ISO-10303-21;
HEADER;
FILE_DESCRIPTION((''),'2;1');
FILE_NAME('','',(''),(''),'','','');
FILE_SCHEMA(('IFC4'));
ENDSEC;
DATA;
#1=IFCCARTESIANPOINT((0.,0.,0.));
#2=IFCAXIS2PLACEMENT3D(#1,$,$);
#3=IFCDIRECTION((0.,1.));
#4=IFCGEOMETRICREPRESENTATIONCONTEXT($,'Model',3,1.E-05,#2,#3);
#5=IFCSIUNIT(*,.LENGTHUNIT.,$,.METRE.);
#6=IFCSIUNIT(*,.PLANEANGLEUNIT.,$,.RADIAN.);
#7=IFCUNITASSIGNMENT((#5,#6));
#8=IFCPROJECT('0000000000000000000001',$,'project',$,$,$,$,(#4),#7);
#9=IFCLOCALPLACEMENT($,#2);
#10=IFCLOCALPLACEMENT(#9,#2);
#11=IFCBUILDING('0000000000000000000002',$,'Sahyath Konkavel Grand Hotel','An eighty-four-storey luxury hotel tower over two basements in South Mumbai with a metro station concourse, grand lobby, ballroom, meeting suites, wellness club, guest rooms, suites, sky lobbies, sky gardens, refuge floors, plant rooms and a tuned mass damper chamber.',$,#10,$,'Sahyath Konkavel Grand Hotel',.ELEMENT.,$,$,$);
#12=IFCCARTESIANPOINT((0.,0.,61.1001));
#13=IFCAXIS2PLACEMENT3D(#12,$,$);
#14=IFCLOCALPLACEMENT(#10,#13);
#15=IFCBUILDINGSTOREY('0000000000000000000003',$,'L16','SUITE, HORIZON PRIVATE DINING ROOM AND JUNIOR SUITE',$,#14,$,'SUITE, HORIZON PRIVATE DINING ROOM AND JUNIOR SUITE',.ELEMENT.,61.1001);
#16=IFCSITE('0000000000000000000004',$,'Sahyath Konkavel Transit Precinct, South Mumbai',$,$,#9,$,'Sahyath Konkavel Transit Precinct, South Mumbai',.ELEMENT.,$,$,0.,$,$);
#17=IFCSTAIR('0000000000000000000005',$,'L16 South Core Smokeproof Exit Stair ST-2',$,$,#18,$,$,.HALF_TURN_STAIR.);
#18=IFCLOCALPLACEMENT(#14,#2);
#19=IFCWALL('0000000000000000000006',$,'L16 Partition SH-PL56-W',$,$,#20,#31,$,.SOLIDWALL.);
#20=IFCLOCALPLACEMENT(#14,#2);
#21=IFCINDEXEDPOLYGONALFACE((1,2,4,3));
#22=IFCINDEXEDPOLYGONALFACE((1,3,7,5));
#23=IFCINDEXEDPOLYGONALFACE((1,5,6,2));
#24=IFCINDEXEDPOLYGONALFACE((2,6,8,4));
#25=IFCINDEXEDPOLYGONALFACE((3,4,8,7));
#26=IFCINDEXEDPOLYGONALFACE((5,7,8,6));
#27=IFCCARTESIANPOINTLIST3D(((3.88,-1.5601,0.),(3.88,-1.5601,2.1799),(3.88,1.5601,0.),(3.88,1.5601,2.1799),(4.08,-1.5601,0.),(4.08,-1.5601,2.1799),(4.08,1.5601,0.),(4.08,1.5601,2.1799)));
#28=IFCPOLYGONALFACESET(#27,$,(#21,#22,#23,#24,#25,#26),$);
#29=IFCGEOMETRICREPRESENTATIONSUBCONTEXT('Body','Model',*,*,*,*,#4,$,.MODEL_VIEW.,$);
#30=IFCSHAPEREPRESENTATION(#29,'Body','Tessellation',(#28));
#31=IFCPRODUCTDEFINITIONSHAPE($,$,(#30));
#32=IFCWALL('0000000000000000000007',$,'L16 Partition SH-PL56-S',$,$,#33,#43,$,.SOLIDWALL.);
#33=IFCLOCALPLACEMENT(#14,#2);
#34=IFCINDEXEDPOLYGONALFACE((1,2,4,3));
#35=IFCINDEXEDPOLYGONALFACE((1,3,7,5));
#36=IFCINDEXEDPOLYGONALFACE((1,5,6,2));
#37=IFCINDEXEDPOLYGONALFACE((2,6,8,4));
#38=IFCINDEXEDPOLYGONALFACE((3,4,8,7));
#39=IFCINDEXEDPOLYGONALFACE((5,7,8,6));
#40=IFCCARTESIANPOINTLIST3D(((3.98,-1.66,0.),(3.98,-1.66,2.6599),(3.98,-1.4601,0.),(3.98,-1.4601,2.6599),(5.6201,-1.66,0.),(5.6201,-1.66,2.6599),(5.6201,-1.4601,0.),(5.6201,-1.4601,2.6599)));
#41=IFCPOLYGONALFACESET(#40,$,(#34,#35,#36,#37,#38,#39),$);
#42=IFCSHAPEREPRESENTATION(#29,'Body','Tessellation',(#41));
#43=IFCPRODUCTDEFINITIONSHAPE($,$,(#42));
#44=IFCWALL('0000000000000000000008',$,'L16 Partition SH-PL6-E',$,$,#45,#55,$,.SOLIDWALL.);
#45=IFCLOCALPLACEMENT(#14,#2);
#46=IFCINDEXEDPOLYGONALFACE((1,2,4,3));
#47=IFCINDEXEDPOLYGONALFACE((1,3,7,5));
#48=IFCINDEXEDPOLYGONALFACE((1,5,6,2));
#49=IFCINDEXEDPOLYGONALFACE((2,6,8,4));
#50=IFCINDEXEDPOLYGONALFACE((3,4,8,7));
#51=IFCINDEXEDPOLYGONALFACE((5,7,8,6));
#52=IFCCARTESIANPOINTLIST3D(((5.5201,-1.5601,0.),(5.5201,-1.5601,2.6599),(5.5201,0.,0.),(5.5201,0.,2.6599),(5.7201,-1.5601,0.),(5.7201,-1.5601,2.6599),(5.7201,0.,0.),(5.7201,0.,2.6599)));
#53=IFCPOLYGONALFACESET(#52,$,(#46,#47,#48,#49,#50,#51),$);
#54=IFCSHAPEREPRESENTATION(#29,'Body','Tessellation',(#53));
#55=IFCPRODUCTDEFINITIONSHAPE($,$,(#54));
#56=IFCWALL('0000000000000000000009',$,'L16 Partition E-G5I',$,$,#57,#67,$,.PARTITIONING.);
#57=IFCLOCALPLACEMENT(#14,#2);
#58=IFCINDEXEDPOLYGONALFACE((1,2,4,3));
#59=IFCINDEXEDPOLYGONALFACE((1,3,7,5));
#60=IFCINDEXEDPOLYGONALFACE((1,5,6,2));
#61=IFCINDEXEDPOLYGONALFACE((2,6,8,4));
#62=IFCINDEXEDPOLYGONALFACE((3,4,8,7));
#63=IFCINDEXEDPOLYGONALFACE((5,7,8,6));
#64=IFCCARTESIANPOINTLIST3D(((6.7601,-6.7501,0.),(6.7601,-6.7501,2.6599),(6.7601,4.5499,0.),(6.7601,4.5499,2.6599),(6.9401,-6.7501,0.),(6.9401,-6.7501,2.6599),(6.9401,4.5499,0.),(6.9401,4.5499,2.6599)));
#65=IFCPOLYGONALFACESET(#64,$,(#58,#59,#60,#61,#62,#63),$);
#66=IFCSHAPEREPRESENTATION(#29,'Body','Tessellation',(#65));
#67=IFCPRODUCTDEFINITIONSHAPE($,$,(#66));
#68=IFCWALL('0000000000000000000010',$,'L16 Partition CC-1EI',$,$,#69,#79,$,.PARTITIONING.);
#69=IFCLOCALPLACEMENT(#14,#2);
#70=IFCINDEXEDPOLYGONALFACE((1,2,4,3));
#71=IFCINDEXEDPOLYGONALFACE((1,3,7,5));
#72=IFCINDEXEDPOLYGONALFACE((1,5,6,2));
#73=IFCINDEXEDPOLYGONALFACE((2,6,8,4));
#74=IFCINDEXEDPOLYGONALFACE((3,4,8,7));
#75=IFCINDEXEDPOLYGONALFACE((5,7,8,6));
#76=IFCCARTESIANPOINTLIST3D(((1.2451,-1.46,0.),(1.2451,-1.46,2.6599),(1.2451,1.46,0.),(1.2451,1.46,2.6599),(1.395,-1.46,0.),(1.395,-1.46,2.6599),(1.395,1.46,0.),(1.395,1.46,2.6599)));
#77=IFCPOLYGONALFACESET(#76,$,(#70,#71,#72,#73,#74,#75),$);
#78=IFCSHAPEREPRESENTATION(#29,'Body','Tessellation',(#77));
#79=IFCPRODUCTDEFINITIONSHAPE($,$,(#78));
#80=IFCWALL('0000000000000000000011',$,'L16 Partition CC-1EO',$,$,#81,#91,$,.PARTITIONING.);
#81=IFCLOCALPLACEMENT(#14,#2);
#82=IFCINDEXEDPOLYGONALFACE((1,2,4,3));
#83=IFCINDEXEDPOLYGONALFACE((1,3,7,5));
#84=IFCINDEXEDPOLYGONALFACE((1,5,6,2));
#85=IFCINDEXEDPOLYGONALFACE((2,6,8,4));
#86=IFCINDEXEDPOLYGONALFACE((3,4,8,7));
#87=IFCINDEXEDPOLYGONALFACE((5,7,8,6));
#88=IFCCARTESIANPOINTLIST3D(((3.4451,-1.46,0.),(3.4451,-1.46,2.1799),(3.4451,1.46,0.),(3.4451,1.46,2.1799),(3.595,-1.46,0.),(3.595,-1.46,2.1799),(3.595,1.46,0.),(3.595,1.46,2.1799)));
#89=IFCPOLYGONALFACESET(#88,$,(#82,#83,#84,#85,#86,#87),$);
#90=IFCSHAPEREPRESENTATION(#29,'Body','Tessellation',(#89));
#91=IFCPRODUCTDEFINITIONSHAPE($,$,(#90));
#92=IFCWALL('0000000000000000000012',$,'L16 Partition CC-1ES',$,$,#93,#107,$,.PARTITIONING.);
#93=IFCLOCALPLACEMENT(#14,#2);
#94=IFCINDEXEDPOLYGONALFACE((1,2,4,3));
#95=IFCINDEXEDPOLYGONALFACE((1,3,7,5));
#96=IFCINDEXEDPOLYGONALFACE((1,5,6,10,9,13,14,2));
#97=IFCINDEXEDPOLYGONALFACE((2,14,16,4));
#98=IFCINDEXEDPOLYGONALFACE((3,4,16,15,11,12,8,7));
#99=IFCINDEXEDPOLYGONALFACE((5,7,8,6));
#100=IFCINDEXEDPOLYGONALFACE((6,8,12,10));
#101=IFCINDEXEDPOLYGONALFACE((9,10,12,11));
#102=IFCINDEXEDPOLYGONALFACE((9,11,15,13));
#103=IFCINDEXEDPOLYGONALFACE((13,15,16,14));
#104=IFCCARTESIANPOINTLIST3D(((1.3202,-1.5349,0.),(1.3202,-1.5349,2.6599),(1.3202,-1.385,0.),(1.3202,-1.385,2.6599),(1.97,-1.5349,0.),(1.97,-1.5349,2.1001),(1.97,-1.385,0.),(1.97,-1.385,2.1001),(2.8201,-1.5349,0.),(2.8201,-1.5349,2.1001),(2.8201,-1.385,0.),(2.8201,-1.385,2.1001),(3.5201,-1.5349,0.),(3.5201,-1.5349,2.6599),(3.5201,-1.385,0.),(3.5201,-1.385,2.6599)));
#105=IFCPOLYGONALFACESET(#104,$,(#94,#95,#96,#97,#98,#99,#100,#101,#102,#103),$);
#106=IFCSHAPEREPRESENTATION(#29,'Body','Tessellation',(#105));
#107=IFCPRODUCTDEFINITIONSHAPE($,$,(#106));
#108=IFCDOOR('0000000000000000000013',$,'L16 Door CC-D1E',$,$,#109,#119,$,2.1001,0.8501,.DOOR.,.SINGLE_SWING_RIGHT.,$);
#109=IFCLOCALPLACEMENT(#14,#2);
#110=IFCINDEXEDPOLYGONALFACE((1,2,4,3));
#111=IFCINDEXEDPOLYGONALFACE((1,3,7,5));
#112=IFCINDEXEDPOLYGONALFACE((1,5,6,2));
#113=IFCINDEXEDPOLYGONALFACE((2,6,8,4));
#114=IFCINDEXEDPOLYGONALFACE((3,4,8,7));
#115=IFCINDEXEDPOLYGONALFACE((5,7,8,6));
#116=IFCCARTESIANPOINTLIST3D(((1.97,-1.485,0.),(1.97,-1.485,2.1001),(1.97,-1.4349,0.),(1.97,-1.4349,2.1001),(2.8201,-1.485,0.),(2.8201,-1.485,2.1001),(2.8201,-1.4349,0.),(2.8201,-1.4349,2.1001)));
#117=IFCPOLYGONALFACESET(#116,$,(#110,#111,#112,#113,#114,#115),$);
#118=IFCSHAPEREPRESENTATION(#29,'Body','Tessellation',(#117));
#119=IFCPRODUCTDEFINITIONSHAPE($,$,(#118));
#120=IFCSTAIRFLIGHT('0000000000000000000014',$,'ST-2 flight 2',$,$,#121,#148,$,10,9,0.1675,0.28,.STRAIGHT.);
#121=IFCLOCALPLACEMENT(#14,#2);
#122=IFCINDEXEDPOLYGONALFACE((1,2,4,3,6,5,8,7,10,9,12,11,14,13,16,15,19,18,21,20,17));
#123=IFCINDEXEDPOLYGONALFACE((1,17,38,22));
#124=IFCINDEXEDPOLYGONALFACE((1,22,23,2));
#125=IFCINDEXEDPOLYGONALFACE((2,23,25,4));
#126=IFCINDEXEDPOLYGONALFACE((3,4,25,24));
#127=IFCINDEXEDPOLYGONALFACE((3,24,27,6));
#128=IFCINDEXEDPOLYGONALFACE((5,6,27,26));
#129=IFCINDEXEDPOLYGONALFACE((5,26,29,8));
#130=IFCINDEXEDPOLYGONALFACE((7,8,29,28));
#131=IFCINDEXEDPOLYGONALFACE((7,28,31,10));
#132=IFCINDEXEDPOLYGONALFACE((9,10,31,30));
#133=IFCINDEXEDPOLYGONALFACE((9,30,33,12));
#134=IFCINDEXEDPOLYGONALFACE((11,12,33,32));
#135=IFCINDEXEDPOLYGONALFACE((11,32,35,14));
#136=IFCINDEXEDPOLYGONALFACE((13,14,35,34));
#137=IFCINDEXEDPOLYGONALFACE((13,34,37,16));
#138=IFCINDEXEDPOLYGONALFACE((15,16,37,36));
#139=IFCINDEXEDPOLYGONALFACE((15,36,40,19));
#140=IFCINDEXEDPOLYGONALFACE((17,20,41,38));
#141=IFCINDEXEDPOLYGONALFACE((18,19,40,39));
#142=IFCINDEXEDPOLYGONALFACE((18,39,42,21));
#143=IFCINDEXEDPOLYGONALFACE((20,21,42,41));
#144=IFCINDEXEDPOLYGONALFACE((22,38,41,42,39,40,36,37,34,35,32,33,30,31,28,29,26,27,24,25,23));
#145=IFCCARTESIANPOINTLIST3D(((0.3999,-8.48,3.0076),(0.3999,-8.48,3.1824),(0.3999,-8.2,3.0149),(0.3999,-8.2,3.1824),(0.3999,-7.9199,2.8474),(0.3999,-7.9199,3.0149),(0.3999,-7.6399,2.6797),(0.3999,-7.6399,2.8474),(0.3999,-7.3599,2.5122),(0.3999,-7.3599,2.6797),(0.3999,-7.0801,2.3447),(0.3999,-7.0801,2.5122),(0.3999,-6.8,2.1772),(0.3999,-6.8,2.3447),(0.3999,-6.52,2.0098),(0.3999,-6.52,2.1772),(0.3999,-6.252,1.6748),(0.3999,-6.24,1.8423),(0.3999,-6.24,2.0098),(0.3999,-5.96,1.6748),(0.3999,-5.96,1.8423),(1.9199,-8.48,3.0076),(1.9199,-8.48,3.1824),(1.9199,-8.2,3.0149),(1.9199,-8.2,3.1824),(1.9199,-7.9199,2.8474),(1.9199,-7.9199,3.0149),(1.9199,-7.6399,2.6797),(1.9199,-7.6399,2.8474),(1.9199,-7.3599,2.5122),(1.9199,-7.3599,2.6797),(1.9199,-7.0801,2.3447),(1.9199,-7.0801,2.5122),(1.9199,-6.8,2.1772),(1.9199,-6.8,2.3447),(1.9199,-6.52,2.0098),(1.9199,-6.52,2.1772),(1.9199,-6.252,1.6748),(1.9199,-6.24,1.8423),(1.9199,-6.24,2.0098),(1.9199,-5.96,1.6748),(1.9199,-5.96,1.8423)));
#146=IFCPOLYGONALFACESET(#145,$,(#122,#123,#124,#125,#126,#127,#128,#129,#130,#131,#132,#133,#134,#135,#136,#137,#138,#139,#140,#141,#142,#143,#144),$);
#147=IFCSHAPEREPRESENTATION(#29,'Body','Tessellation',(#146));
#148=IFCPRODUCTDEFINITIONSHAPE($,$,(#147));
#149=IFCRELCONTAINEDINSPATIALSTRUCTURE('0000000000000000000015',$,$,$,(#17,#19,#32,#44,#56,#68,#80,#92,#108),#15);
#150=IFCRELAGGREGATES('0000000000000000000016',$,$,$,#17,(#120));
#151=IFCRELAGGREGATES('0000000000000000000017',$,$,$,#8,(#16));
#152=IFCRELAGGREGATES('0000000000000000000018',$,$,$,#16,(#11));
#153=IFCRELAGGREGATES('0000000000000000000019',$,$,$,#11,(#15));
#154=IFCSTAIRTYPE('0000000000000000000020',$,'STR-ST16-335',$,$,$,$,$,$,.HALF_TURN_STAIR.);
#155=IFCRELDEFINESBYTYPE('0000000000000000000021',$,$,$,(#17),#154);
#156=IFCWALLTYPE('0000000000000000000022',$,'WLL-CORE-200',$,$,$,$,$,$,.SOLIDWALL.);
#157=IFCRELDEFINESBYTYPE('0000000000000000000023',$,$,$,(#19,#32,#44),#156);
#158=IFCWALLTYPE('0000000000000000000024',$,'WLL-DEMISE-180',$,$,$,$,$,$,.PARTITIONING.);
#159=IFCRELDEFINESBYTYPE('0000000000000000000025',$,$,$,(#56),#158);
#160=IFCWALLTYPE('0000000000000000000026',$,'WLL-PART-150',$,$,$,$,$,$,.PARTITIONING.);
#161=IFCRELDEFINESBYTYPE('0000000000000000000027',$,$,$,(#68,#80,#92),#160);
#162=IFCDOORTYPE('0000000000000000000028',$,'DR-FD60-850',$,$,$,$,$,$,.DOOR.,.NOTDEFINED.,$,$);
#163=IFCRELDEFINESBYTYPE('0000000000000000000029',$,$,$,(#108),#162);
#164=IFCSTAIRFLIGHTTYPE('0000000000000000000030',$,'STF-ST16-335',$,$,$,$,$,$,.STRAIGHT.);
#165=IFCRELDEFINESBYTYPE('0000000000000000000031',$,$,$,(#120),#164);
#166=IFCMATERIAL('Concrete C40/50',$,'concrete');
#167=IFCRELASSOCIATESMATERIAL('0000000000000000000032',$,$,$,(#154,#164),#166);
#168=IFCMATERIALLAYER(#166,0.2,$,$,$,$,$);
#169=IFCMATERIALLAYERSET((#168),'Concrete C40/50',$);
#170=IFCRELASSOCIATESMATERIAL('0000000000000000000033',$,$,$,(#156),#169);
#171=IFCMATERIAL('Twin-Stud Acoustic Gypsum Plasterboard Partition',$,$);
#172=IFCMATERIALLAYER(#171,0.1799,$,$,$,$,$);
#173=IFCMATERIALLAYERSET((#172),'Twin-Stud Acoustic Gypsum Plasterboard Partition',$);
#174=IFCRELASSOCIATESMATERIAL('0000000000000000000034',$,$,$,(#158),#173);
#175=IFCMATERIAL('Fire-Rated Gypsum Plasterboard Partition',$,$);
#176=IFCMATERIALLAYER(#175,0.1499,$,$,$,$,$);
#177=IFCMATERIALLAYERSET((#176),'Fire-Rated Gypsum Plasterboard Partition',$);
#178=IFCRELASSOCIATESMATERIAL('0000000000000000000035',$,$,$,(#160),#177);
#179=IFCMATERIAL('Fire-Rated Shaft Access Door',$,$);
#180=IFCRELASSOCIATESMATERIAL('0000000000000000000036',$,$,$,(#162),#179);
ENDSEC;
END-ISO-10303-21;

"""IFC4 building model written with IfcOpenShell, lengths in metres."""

from ifc_helpers import new_model, si_unit, direction, frame, frame_2d, origin, origin_2d, place, context, subcontext, project, spatial, polyline, rectangle, outline, extrude, source, transform, mapped, material, layer, layer_set, type_object, element, fill, aggregate, save


model = new_model("IFC4")

# Units and contexts
model_context = context("Model", 3, precision=1e-05, world=origin(), true_north=direction((0.0, 1.0)))
body_context = subcontext(model_context, "Body", "Model", "MODEL_VIEW")
ifc_project = project(units=[si_unit("LENGTHUNIT", "METRE"), si_unit("PLANEANGLEUNIT", "RADIAN")], contexts=[model_context])

# Site, building, storey
site_placement = place(None, origin())
site = spatial("IfcSite", under=ifc_project, at=site_placement, Name="Sahyath Konkavel Transit Precinct, South Mumbai", LongName="Sahyath Konkavel Transit Precinct, South Mumbai", CompositionType="ELEMENT", RefElevation=0.0)
building_placement = place(site_placement, origin())
building = spatial("IfcBuilding", under=site, at=building_placement, Name="Sahyath Konkavel Grand Hotel", Description="An eighty-four-storey luxury hotel tower over two basements in South Mumbai with a metro station concourse, grand lobby, ballroom, meeting suites, wellness club, guest rooms, suites, sky lobbies, sky gardens, refuge floors, plant rooms and a tuned mass damper chamber.", LongName="Sahyath Konkavel Grand Hotel", CompositionType="ELEMENT")
storey_placement = place(building_placement, frame((0.0, 0.0, 61.1001)))
storey = spatial("IfcBuildingStorey", under=building, at=storey_placement, Name="L16", Description="SUITE, HORIZON PRIVATE DINING ROOM AND JUNIOR SUITE", LongName="SUITE, HORIZON PRIVATE DINING ROOM AND JUNIOR SUITE", CompositionType="ELEMENT", Elevation=61.1001)

# Shared definitions
ifc_material_1 = material(Name="Concrete C40/50", Category="concrete")

# Stair
stair_type = type_object("IfcStairType", Name="STR-ST16-335", PredefinedType="HALF_TURN_STAIR", material=ifc_material_1)
stair_placement = place(storey_placement, origin())
stair = element("IfcStair", 1, at=stair_placement, inside=storey, type_object=stair_type, Name="L16 South Core Smokeproof Exit Stair ST-2", PredefinedType="HALF_TURN_STAIR")

# Walls
ifc_layer_1 = layer(ifc_material_1, 0.2)
ifc_layer_set_1 = layer_set([ifc_layer_1], Name="Concrete C40/50")
wall_type_1 = type_object("IfcWallType", Name="WLL-CORE-200", PredefinedType="SOLIDWALL", material=ifc_layer_set_1)
wall_1_placement = place(storey_placement, frame((3.98, -1.5601, 0.0), z_axis=(0.0, 0.0, 1.0), x_axis=(0.0, 1.0, 0.0)))
element("IfcWall", 2, at=wall_1_placement, inside=storey, type_object=wall_type_1, Name="L16 Partition SH-PL56-W", PredefinedType="SOLIDWALL", context=body_context, shape_type="SweptSolid", body=[
    extrude(rectangle(XDim=3.1201, YDim=0.2, at=frame_2d((1.5601, 0.0))), origin(), (0.0, 0.0, 1.0), 2.1799),
])
wall_2_placement = place(storey_placement, frame((3.98, -1.5601, 0.0), z_axis=(0.0, 0.0, 1.0), x_axis=(1.0, 0.0, 0.0)))
element("IfcWall", 3, at=wall_2_placement, inside=storey, type_object=wall_type_1, Name="L16 Partition SH-PL56-S", PredefinedType="SOLIDWALL", context=body_context, shape_type="SweptSolid", body=[
    extrude(rectangle(XDim=1.6401, YDim=0.2, at=frame_2d((0.8201, 0.0))), origin(), (0.0, 0.0, 1.0), 2.6599),
])
wall_3_placement = place(storey_placement, frame((5.6201, -1.5601, 0.0), z_axis=(0.0, 0.0, 1.0), x_axis=(0.0, 1.0, 0.0)))
element("IfcWall", 4, at=wall_3_placement, inside=storey, type_object=wall_type_1, Name="L16 Partition SH-PL6-E", PredefinedType="SOLIDWALL", context=body_context, shape_type="SweptSolid", body=[
    extrude(rectangle(XDim=1.5601, YDim=0.2, at=frame_2d((0.78, 0.0))), origin(), (0.0, 0.0, 1.0), 2.6599),
])
ifc_material_2 = material(Name="Twin-Stud Acoustic Gypsum Plasterboard Partition")
ifc_layer_2 = layer(ifc_material_2, 0.1799)
ifc_layer_set_2 = layer_set([ifc_layer_2], Name="Twin-Stud Acoustic Gypsum Plasterboard Partition")
wall_type_2 = type_object("IfcWallType", Name="WLL-DEMISE-180", PredefinedType="PARTITIONING", material=ifc_layer_set_2)
wall_4_placement = place(storey_placement, frame((6.8501, -6.75, 0.0), z_axis=(0.0, 0.0, 1.0), x_axis=(0.0, 1.0, 0.0)))
element("IfcWall", 5, at=wall_4_placement, inside=storey, type_object=wall_type_2, Name="L16 Partition E-G5I", PredefinedType="PARTITIONING", context=body_context, shape_type="SweptSolid", body=[
    extrude(rectangle(XDim=11.3, YDim=0.1799, at=frame_2d((5.6499, 0.0))), origin(), (0.0, 0.0, 1.0), 2.6599),
])
ifc_material_3 = material(Name="Fire-Rated Gypsum Plasterboard Partition")
ifc_layer_3 = layer(ifc_material_3, 0.1499)
ifc_layer_set_3 = layer_set([ifc_layer_3], Name="Fire-Rated Gypsum Plasterboard Partition")
wall_type_3 = type_object("IfcWallType", Name="WLL-PART-150", PredefinedType="PARTITIONING", material=ifc_layer_set_3)
wall_5_placement = place(storey_placement, frame((1.3201, -1.46, 0.0), z_axis=(0.0, 0.0, 1.0), x_axis=(0.0, 1.0, 0.0)))
element("IfcWall", 6, at=wall_5_placement, inside=storey, type_object=wall_type_3, Name="L16 Partition CC-1EI", PredefinedType="PARTITIONING", context=body_context, shape_type="SweptSolid", body=[
    extrude(rectangle(XDim=2.9199, YDim=0.1499, at=frame_2d((1.46, 0.0))), origin(), (0.0, 0.0, 1.0), 2.6599),
])
wall_6_placement = place(storey_placement, frame((3.52, -1.46, 0.0), z_axis=(0.0, 0.0, 1.0), x_axis=(0.0, 1.0, 0.0)))
element("IfcWall", 7, at=wall_6_placement, inside=storey, type_object=wall_type_3, Name="L16 Partition CC-1EO", PredefinedType="PARTITIONING", context=body_context, shape_type="SweptSolid", body=[
    extrude(rectangle(XDim=2.9199, YDim=0.1499, at=frame_2d((1.46, 0.0))), origin(), (0.0, 0.0, 1.0), 2.1799),
])

# Wall, opening, door
wall_7_placement = place(storey_placement, frame((1.3201, -1.46, 0.0), z_axis=(0.0, 0.0, 1.0), x_axis=(1.0, 0.0, 0.0)))
wall_7 = element("IfcWall", 8, at=wall_7_placement, inside=storey, type_object=wall_type_3, Name="L16 Partition CC-1ES", PredefinedType="PARTITIONING", context=body_context, shape_type="SweptSolid", body=[
    extrude(rectangle(XDim=2.2, YDim=0.1499, at=frame_2d((1.1001, 0.0))), origin(), (0.0, 0.0, 1.0), 2.6599),
])
opening_placement = place(wall_7_placement, frame((0.6499, 0.0, 0.0)))
opening = element("IfcOpeningElement", 9, at=opening_placement, cuts=wall_7, PredefinedType="OPENING", context=body_context, shape_type="SweptSolid", body=[
    extrude(rectangle(XDim=0.8501, YDim=2.1001, at=frame_2d((0.425, 1.05))), frame((0.0, 0.085, 0.0), z_axis=(0.0, -1.0, 0.0), x_axis=(1.0, 0.0, 0.0)), (0.0, 0.0, 1.0), 0.1699),
])
ifc_material_4 = material(Name="Fire-Rated Shaft Access Door")
door_type = type_object("IfcDoorType", Name="DR-FD60-850", OperationType="NOTDEFINED", PredefinedType="DOOR", material=ifc_material_4)
shared_shape_1 = source(origin(), body_context, "Body", "SweptSolid", [
    extrude(rectangle(XDim=0.8501, YDim=0.05, at=origin_2d()), origin(), (0.0, 0.0, 1.0), 2.1001),
])
door_placement = place(opening_placement, frame((0.425, 0.0, 0.0)))
door = element("IfcDoor", 10, at=door_placement, inside=storey, type_object=door_type, Name="L16 Door CC-D1E", OperationType="SINGLE_SWING_RIGHT", OverallHeight=2.1001, OverallWidth=0.8501, PredefinedType="DOOR", context=body_context, shape_type="MappedRepresentation", body=[
    mapped(shared_shape_1, transform((0.0, 0.0, 0.0), scale=1.0)),
])
fill(opening, door)

# Stair flight
stair_flight_type = type_object("IfcStairFlightType", Name="STF-ST16-335", PredefinedType="STRAIGHT", material=ifc_material_1)
stair_flight_placement = place(storey_placement, frame((1.1599, -5.96, 1.6748), z_axis=(0.0, 0.0, 1.0), x_axis=(0.0, -1.0, 0.0)))
stair_flight = element("IfcStairFlight", 11, at=stair_flight_placement, type_object=stair_flight_type, Name="ST-2 flight 2", NumberOfRisers=10, NumberOfTreads=9, PredefinedType="STRAIGHT", RiserHeight=0.1675, TreadLength=0.28, context=body_context, shape_type="SweptSolid", body=[
    extrude(outline(polyline([(0.0, 0.0), (0.0, 0.1675), (0.28, 0.1675), (0.28, 0.335), (0.5601, 0.335), (0.5601, 0.5024), (0.8401, 0.5024), (0.8401, 0.6699), (1.1201, 0.6699), (1.1201, 0.8374), (1.3999, 0.8374), (1.3999, 1.0049), (1.6799, 1.0049), (1.6799, 1.1726), (1.96, 1.1726), (1.96, 1.3401), (2.24, 1.3401), (2.24, 1.5076), (2.52, 1.5076), (2.52, 1.675), (2.52, 1.3328), (0.292, 0.0), (0.0, 0.0)])), frame((0.0, 0.76, 0.0), z_axis=(0.0, -1.0, 0.0), x_axis=(1.0, 0.0, 0.0)), (0.0, 0.0, 1.0), 1.52),
])
aggregate(stair, [stair_flight])

save(model, "model.ifc")
